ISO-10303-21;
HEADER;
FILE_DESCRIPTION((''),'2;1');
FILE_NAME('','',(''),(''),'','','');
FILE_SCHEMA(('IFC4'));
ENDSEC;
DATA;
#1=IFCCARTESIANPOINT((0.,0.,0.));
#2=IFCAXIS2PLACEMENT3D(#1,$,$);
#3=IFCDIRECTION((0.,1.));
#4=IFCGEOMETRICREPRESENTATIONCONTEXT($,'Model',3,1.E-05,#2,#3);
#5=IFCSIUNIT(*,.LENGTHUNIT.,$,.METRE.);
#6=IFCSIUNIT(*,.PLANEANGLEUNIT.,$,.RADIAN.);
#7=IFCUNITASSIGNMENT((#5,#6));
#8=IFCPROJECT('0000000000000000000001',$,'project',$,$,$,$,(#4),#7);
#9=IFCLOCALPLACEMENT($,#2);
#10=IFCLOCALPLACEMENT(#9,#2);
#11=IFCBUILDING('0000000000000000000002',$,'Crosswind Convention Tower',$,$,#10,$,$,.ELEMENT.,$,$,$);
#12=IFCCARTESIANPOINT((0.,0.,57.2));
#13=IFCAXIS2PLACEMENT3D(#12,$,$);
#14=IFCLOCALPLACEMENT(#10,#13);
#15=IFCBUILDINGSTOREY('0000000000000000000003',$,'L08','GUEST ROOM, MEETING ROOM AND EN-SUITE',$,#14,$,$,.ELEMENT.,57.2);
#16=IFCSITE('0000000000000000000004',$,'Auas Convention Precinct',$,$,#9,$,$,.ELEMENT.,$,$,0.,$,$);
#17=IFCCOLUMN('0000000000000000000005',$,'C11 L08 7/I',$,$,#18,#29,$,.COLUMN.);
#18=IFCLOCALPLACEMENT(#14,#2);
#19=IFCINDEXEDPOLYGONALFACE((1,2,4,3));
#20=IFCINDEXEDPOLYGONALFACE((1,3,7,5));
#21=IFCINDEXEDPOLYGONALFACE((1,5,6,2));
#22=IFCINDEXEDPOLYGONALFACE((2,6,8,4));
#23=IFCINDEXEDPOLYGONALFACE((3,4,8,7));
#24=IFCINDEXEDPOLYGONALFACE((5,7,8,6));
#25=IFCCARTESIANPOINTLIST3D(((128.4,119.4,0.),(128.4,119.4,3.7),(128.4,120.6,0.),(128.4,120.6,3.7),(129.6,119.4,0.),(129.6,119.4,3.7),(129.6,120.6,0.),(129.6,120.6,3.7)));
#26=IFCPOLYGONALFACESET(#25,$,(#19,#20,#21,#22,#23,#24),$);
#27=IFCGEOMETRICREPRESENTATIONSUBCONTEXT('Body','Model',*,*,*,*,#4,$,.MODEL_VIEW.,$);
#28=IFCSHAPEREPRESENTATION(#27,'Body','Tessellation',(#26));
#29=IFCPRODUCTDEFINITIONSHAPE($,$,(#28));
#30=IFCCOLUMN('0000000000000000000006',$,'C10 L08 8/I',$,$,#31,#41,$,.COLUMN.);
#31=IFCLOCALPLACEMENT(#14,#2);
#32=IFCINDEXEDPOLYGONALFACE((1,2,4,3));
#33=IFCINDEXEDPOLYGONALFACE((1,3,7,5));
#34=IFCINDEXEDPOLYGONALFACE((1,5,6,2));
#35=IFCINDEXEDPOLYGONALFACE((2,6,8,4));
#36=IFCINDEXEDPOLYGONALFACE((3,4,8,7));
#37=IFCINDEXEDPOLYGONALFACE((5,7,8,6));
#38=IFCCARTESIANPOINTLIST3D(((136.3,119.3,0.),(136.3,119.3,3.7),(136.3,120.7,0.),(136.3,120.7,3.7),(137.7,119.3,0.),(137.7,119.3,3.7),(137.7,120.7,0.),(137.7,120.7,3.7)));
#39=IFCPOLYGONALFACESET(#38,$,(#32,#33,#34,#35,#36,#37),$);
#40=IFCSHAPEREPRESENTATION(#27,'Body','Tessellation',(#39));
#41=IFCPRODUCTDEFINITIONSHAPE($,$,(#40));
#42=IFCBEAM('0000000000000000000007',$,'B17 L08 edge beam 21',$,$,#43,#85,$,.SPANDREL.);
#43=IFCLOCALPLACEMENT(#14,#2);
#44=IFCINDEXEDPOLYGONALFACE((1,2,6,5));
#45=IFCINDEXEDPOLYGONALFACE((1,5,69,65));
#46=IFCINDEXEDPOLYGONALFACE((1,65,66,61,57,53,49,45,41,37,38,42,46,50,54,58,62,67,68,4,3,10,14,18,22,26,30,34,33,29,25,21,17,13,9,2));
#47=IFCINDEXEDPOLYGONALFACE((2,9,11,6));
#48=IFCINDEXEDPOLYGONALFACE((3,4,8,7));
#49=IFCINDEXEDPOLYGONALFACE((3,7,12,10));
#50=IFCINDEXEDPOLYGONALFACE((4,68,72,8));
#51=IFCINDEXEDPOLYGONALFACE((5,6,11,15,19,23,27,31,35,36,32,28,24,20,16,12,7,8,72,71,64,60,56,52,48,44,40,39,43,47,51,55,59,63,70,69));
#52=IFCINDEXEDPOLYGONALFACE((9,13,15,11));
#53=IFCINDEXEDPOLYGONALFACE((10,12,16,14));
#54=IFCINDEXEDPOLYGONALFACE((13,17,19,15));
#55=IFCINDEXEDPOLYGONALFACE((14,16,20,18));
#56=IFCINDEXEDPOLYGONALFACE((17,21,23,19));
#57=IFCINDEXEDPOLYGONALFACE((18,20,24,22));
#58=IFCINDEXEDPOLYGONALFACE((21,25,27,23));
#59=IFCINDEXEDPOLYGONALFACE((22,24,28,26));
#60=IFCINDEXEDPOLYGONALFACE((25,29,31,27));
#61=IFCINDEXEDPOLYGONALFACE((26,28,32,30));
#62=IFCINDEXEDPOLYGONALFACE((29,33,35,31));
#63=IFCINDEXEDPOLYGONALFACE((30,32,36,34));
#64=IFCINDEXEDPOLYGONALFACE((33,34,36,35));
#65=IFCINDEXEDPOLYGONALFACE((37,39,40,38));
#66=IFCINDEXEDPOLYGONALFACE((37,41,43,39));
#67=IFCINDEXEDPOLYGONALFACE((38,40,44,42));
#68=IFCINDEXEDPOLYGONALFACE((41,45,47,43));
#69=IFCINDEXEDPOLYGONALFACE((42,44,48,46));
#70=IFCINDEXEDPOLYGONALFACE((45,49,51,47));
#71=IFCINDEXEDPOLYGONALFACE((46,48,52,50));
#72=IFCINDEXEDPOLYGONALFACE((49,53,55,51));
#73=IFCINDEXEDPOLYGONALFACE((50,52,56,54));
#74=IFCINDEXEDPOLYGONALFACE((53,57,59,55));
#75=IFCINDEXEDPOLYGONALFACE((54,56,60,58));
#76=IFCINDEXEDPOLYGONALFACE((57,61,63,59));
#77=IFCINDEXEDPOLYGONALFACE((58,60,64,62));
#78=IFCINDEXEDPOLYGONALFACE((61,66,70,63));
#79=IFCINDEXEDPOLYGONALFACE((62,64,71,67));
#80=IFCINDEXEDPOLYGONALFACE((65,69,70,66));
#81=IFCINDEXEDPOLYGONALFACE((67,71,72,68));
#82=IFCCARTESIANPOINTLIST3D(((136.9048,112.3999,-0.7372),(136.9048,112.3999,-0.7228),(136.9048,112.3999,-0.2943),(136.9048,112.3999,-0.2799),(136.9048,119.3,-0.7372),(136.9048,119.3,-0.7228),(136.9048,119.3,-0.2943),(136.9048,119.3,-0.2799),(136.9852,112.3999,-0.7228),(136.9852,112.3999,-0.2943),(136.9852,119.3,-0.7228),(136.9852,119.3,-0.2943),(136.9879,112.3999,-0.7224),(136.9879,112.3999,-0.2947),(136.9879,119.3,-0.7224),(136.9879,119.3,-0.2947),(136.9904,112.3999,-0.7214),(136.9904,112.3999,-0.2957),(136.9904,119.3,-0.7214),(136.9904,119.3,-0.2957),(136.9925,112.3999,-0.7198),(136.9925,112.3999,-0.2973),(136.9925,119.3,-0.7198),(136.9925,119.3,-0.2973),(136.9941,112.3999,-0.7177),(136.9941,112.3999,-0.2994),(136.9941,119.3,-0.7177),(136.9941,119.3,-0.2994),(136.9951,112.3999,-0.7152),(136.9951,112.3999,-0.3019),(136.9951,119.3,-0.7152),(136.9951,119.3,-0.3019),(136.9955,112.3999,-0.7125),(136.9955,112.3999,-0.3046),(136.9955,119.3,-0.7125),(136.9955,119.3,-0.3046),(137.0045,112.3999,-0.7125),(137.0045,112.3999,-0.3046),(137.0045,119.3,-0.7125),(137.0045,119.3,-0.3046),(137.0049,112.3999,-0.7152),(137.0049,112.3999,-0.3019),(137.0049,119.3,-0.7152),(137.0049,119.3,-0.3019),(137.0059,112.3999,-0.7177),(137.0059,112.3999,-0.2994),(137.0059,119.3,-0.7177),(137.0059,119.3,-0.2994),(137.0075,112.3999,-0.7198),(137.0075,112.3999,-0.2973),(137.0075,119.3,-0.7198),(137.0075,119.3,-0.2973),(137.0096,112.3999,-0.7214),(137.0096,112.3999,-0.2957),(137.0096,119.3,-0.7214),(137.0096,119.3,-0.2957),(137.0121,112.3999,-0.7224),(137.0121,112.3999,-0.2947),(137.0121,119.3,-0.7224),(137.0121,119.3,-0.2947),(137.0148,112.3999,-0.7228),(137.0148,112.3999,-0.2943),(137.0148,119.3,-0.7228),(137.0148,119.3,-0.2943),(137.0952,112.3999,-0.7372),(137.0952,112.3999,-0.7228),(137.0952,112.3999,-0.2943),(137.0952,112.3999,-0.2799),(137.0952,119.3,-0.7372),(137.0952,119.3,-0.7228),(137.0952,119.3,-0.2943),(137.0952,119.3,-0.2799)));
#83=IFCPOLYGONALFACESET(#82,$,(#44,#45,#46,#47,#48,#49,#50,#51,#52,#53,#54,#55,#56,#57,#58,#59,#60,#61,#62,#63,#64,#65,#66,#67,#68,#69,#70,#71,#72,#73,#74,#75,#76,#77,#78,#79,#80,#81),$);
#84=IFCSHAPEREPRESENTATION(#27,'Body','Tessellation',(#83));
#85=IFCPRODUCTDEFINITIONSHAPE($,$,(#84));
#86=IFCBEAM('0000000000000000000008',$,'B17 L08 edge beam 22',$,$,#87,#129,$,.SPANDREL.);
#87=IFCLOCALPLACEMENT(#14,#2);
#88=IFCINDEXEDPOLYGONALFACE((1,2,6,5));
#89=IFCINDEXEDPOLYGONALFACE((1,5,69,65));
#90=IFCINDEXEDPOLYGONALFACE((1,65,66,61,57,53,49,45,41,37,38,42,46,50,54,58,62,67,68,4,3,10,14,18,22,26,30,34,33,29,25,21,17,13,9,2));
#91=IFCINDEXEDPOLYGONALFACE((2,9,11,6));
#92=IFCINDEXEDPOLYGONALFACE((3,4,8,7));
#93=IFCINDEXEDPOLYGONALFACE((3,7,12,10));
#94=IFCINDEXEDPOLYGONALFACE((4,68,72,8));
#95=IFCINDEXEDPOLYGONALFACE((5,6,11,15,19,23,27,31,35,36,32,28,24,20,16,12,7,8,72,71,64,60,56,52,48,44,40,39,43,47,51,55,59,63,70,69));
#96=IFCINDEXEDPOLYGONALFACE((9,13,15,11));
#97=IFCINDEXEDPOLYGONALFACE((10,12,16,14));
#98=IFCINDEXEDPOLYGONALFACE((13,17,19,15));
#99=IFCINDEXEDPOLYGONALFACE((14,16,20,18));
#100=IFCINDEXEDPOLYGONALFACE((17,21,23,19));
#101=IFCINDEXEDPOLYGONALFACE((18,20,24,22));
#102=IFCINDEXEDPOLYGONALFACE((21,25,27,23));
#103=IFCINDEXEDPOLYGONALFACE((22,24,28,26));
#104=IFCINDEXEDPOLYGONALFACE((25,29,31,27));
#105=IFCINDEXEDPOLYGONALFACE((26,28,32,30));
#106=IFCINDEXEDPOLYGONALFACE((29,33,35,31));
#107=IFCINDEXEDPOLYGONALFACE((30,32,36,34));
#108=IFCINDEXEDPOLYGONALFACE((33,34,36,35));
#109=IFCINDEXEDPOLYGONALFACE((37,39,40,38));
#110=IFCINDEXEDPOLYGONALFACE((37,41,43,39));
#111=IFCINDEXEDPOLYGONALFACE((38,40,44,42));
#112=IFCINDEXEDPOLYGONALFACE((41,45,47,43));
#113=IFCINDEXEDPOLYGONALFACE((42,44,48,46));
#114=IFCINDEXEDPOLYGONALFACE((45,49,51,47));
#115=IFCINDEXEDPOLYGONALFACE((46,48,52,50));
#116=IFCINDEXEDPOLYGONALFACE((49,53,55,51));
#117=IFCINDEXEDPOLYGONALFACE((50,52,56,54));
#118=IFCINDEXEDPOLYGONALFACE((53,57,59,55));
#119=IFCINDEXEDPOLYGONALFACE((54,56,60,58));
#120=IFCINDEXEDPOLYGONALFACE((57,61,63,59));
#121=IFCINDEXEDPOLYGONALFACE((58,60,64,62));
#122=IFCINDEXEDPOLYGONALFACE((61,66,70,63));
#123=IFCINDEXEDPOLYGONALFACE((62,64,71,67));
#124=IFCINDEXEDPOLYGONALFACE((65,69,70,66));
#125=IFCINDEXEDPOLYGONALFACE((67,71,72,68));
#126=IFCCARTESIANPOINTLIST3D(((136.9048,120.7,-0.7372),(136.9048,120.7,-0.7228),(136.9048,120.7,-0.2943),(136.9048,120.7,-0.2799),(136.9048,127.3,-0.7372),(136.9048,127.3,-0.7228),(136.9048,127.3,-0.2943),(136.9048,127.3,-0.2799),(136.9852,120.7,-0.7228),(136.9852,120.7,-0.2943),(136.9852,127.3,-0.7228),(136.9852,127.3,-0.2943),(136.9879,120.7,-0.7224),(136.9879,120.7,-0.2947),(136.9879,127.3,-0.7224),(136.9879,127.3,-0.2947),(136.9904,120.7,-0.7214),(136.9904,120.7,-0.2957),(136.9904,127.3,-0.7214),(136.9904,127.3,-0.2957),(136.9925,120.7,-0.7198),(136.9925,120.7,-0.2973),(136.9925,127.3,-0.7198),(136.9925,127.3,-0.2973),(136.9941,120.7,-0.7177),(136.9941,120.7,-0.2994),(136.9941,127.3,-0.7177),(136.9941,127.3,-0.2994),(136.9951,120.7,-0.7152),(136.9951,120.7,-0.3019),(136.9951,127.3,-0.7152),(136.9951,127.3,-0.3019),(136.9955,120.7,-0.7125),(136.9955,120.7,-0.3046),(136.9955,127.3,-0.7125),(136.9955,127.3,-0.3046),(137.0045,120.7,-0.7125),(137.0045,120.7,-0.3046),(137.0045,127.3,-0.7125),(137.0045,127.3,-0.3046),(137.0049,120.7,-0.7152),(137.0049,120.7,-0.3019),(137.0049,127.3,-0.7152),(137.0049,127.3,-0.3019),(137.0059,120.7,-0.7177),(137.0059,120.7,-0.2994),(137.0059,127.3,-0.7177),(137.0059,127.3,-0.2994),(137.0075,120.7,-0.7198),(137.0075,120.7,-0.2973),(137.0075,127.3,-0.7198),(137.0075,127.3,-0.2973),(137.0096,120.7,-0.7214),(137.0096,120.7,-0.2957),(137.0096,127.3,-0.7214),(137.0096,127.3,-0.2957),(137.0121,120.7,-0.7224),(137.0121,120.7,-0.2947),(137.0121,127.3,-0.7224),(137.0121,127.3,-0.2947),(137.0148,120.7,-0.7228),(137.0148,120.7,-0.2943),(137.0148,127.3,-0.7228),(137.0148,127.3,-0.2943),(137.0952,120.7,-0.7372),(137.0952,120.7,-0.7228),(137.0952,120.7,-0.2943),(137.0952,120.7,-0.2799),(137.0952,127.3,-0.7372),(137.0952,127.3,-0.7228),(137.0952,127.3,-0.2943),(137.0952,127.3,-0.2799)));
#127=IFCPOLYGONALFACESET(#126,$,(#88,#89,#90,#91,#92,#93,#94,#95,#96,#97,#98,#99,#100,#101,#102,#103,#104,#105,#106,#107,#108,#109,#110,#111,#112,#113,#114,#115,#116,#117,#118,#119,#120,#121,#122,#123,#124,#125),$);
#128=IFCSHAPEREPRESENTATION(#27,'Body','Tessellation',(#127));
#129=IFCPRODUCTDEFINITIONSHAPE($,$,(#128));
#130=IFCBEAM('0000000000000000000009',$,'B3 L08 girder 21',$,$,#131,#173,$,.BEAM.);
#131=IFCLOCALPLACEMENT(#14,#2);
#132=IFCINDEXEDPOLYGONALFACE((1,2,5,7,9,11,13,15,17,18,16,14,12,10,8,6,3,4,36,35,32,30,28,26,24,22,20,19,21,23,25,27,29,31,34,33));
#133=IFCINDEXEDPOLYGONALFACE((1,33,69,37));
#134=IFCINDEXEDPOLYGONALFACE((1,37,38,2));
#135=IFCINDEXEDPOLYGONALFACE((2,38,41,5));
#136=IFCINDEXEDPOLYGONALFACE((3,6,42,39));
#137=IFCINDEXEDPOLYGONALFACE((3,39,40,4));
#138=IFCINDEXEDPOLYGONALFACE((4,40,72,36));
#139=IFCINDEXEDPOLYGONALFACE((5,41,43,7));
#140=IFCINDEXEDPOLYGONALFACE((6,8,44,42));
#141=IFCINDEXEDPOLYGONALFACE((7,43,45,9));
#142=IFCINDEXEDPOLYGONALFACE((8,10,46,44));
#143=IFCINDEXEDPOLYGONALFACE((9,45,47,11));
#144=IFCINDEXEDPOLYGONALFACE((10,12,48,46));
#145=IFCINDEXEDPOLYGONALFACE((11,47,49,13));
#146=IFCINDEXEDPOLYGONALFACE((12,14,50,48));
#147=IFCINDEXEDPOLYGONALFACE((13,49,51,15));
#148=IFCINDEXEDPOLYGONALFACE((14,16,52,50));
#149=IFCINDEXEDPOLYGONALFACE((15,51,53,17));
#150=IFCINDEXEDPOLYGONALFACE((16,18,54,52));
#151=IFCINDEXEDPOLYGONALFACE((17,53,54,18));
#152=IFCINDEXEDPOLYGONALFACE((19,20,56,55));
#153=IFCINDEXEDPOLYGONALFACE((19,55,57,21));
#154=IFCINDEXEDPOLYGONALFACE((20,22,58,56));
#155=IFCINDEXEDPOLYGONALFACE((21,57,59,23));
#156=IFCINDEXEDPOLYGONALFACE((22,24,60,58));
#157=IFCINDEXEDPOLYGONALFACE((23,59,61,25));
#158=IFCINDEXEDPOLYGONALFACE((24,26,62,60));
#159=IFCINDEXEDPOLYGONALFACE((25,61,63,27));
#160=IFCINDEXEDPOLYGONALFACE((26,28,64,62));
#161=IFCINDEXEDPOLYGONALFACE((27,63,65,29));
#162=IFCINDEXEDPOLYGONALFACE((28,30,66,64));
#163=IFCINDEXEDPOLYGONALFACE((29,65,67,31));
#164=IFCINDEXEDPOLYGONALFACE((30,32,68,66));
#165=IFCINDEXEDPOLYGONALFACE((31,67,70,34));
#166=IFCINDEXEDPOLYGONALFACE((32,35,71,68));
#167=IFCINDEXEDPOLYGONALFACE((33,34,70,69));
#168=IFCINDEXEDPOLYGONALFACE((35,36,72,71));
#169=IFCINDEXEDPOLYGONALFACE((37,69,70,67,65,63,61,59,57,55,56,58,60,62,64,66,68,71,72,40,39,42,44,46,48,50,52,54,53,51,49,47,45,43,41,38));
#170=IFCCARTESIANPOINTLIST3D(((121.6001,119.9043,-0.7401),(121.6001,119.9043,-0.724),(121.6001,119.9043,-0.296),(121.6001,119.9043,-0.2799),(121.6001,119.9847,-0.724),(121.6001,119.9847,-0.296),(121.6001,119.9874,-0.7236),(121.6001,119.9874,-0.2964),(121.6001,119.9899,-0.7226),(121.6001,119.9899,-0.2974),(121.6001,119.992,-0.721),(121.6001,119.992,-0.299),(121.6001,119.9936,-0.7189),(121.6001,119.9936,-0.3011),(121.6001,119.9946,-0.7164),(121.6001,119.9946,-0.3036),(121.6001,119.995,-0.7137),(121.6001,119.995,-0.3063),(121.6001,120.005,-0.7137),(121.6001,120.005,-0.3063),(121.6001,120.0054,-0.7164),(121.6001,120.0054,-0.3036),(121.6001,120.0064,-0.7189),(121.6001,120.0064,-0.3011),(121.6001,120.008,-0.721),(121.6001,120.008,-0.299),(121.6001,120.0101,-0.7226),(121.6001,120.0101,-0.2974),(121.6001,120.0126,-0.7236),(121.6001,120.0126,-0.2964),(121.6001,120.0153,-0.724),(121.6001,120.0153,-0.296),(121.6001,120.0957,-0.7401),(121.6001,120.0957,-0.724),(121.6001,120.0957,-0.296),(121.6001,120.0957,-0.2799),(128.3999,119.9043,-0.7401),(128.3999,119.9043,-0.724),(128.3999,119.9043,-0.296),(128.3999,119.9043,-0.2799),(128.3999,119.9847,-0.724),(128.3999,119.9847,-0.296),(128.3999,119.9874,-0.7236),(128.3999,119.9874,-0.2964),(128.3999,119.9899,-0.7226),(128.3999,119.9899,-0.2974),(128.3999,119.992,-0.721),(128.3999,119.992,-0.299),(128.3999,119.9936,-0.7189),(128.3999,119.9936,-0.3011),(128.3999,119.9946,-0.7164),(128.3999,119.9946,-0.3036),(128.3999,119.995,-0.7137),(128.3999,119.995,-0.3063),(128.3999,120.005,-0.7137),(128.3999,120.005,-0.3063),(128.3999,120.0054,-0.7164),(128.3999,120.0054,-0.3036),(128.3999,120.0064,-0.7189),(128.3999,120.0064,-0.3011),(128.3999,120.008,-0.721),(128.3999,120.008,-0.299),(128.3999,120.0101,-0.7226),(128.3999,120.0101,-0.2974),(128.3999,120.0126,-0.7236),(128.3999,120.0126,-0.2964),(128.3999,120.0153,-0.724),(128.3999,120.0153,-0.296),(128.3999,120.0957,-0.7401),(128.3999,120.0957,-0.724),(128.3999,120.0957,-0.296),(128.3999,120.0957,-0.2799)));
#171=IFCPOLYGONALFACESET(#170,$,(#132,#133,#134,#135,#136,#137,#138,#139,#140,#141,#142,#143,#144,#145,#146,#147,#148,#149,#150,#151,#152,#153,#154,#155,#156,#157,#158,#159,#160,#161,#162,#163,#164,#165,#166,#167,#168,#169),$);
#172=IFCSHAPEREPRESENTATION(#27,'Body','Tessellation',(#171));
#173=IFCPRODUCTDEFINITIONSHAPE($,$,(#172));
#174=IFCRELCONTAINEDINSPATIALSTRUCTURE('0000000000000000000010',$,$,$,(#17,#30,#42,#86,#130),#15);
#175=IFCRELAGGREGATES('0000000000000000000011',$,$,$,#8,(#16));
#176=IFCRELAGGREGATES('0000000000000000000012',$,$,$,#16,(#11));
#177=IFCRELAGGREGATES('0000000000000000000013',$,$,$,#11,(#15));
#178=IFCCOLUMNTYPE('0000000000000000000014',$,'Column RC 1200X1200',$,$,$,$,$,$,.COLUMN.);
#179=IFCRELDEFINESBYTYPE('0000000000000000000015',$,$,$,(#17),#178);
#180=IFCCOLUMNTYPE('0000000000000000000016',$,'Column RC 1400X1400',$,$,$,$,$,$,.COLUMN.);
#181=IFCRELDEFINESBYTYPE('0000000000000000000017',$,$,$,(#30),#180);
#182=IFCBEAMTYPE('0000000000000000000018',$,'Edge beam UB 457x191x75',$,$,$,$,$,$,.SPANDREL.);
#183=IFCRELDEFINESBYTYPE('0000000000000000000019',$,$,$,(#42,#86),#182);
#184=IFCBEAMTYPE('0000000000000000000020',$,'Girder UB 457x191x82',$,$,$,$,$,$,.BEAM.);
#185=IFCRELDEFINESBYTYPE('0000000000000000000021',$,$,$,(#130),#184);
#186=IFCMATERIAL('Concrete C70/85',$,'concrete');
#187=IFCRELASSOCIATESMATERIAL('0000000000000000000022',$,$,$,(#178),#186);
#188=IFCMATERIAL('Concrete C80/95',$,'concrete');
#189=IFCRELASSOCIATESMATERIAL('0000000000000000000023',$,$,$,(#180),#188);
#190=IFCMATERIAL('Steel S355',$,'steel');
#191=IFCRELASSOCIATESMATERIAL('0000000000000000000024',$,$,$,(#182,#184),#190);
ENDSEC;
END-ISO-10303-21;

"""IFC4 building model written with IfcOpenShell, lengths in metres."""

from ifc_helpers import new_model, si_unit, direction, frame, origin, origin_2d, place, context, subcontext, project, spatial, rectangle, i_section, extrude, material, material_profile, profile_set, type_object, element, save


model = new_model("IFC4")

# Units and contexts
model_context = context("Model", 3, precision=1e-05, world=origin(), true_north=direction((0.0, 1.0)))
body_context = subcontext(model_context, "Body", "Model", "MODEL_VIEW")
ifc_project = project(units=[si_unit("LENGTHUNIT", "METRE"), si_unit("PLANEANGLEUNIT", "RADIAN")], contexts=[model_context])

# Site, building, storey
site_placement = place(None, origin())
site = spatial("IfcSite", under=ifc_project, at=site_placement, Name="Auas Convention Precinct", CompositionType="ELEMENT", RefElevation=0.0)
building_placement = place(site_placement, origin())
building = spatial("IfcBuilding", under=site, at=building_placement, Name="Crosswind Convention Tower", CompositionType="ELEMENT")
storey_placement = place(building_placement, frame((0.0, 0.0, 57.2)))
storey = spatial("IfcBuildingStorey", under=building, at=storey_placement, Name="L08", Description="GUEST ROOM, MEETING ROOM AND EN-SUITE", CompositionType="ELEMENT", Elevation=57.2)

# Columns
ifc_material_1 = material(Name="Concrete C70/85", Category="concrete")
ifc_material_profile_1 = material_profile(ifc_material_1, rectangle(XDim=1.2, YDim=1.2, at=origin_2d()), Name="RC 1200X1200")
ifc_profile_set_1 = profile_set([ifc_material_profile_1], Name="Concrete C70/85")
column_type_1 = type_object("IfcColumnType", Name="Column RC 1200X1200", PredefinedType="COLUMN", material=ifc_profile_set_1)
column_1_placement = place(storey_placement, frame((129.0, 120.0, 0.0), z_axis=(0.0, 0.0, 1.0), x_axis=(1.0, 0.0, 0.0)))
element("IfcColumn", 1, at=column_1_placement, inside=storey, type_object=column_type_1, Name="C11 L08 7/I", PredefinedType="COLUMN", context=body_context, shape_type="SweptSolid", body=[
    extrude(rectangle(XDim=1.2, YDim=1.2, at=origin_2d()), origin(), (0.0, 0.0, 1.0), 3.7),
])
ifc_material_2 = material(Name="Concrete C80/95", Category="concrete")
ifc_material_profile_2 = material_profile(ifc_material_2, rectangle(XDim=1.3999, YDim=1.3999, at=origin_2d()), Name="RC 1400X1400")
ifc_profile_set_2 = profile_set([ifc_material_profile_2], Name="Concrete C80/95")
column_type_2 = type_object("IfcColumnType", Name="Column RC 1400X1400", PredefinedType="COLUMN", material=ifc_profile_set_2)
column_2_placement = place(storey_placement, frame((137.0, 120.0, 0.0), z_axis=(0.0, 0.0, 1.0), x_axis=(1.0, 0.0, 0.0)))
element("IfcColumn", 2, at=column_2_placement, inside=storey, type_object=column_type_2, Name="C10 L08 8/I", PredefinedType="COLUMN", context=body_context, shape_type="SweptSolid", body=[
    extrude(rectangle(XDim=1.3999, YDim=1.3999, at=origin_2d()), origin(), (0.0, 0.0, 1.0), 3.7),
])

# Beams
ifc_material_3 = material(Name="Steel S355", Category="steel")
ifc_material_profile_3 = material_profile(ifc_material_3, i_section(OverallWidth=0.1904, OverallDepth=0.4573, WebThickness=0.009, FlangeThickness=0.0144, FilletRadius=0.0103, at=origin_2d()), Name="UB 457x191x75")
ifc_profile_set_3 = profile_set([ifc_material_profile_3], Name="Steel S355")
beam_type_1 = type_object("IfcBeamType", Name="Edge beam UB 457x191x75", PredefinedType="SPANDREL", material=ifc_profile_set_3)
beam_1_placement = place(storey_placement, frame((137.0, 112.3999, -0.5085), z_axis=(0.0, 1.0, 0.0), x_axis=(-1.0, 0.0, 0.0)))
element("IfcBeam", 3, at=beam_1_placement, inside=storey, type_object=beam_type_1, Name="B17 L08 edge beam 21", PredefinedType="SPANDREL", context=body_context, shape_type="SweptSolid", body=[
    extrude(i_section(OverallWidth=0.1904, OverallDepth=0.4573, WebThickness=0.009, FlangeThickness=0.0144, FilletRadius=0.0103, at=origin_2d()), origin(), (0.0, 0.0, 1.0), 6.9001),
])
beam_2_placement = place(storey_placement, frame((137.0, 120.7, -0.5085), z_axis=(0.0, 1.0, 0.0), x_axis=(-1.0, 0.0, 0.0)))
element("IfcBeam", 4, at=beam_2_placement, inside=storey, type_object=beam_type_1, Name="B17 L08 edge beam 22", PredefinedType="SPANDREL", context=body_context, shape_type="SweptSolid", body=[
    extrude(i_section(OverallWidth=0.1904, OverallDepth=0.4573, WebThickness=0.009, FlangeThickness=0.0144, FilletRadius=0.0103, at=origin_2d()), origin(), (0.0, 0.0, 1.0), 6.6001),
])
ifc_material_profile_4 = material_profile(ifc_material_3, i_section(OverallWidth=0.1914, OverallDepth=0.4602, WebThickness=0.01, FlangeThickness=0.0161, FilletRadius=0.0103, at=origin_2d()), Name="UB 457x191x82")
ifc_profile_set_4 = profile_set([ifc_material_profile_4], Name="Steel S355")
beam_type_2 = type_object("IfcBeamType", Name="Girder UB 457x191x82", PredefinedType="BEAM", material=ifc_profile_set_4)
for number, where, z_axis, x_axis, name in (
    (5, (121.6001, 120.0, -0.51), (1.0, 0.0, 0.0), (0.0, 1.0, 0.0), "B3 L08 girder 21"),
):
    element("IfcBeam", number, at=place(storey_placement, frame(where, z_axis=z_axis, x_axis=x_axis)), inside=storey, type_object=beam_type_2, Name=name, PredefinedType="BEAM", context=body_context, shape_type="SweptSolid", body=[
        extrude(i_section(OverallWidth=0.1914, OverallDepth=0.4602, WebThickness=0.01, FlangeThickness=0.0161, FilletRadius=0.0103, at=origin_2d()), origin(), (0.0, 0.0, 1.0), 6.7998),
    ])

save(model, "model.ifc")
